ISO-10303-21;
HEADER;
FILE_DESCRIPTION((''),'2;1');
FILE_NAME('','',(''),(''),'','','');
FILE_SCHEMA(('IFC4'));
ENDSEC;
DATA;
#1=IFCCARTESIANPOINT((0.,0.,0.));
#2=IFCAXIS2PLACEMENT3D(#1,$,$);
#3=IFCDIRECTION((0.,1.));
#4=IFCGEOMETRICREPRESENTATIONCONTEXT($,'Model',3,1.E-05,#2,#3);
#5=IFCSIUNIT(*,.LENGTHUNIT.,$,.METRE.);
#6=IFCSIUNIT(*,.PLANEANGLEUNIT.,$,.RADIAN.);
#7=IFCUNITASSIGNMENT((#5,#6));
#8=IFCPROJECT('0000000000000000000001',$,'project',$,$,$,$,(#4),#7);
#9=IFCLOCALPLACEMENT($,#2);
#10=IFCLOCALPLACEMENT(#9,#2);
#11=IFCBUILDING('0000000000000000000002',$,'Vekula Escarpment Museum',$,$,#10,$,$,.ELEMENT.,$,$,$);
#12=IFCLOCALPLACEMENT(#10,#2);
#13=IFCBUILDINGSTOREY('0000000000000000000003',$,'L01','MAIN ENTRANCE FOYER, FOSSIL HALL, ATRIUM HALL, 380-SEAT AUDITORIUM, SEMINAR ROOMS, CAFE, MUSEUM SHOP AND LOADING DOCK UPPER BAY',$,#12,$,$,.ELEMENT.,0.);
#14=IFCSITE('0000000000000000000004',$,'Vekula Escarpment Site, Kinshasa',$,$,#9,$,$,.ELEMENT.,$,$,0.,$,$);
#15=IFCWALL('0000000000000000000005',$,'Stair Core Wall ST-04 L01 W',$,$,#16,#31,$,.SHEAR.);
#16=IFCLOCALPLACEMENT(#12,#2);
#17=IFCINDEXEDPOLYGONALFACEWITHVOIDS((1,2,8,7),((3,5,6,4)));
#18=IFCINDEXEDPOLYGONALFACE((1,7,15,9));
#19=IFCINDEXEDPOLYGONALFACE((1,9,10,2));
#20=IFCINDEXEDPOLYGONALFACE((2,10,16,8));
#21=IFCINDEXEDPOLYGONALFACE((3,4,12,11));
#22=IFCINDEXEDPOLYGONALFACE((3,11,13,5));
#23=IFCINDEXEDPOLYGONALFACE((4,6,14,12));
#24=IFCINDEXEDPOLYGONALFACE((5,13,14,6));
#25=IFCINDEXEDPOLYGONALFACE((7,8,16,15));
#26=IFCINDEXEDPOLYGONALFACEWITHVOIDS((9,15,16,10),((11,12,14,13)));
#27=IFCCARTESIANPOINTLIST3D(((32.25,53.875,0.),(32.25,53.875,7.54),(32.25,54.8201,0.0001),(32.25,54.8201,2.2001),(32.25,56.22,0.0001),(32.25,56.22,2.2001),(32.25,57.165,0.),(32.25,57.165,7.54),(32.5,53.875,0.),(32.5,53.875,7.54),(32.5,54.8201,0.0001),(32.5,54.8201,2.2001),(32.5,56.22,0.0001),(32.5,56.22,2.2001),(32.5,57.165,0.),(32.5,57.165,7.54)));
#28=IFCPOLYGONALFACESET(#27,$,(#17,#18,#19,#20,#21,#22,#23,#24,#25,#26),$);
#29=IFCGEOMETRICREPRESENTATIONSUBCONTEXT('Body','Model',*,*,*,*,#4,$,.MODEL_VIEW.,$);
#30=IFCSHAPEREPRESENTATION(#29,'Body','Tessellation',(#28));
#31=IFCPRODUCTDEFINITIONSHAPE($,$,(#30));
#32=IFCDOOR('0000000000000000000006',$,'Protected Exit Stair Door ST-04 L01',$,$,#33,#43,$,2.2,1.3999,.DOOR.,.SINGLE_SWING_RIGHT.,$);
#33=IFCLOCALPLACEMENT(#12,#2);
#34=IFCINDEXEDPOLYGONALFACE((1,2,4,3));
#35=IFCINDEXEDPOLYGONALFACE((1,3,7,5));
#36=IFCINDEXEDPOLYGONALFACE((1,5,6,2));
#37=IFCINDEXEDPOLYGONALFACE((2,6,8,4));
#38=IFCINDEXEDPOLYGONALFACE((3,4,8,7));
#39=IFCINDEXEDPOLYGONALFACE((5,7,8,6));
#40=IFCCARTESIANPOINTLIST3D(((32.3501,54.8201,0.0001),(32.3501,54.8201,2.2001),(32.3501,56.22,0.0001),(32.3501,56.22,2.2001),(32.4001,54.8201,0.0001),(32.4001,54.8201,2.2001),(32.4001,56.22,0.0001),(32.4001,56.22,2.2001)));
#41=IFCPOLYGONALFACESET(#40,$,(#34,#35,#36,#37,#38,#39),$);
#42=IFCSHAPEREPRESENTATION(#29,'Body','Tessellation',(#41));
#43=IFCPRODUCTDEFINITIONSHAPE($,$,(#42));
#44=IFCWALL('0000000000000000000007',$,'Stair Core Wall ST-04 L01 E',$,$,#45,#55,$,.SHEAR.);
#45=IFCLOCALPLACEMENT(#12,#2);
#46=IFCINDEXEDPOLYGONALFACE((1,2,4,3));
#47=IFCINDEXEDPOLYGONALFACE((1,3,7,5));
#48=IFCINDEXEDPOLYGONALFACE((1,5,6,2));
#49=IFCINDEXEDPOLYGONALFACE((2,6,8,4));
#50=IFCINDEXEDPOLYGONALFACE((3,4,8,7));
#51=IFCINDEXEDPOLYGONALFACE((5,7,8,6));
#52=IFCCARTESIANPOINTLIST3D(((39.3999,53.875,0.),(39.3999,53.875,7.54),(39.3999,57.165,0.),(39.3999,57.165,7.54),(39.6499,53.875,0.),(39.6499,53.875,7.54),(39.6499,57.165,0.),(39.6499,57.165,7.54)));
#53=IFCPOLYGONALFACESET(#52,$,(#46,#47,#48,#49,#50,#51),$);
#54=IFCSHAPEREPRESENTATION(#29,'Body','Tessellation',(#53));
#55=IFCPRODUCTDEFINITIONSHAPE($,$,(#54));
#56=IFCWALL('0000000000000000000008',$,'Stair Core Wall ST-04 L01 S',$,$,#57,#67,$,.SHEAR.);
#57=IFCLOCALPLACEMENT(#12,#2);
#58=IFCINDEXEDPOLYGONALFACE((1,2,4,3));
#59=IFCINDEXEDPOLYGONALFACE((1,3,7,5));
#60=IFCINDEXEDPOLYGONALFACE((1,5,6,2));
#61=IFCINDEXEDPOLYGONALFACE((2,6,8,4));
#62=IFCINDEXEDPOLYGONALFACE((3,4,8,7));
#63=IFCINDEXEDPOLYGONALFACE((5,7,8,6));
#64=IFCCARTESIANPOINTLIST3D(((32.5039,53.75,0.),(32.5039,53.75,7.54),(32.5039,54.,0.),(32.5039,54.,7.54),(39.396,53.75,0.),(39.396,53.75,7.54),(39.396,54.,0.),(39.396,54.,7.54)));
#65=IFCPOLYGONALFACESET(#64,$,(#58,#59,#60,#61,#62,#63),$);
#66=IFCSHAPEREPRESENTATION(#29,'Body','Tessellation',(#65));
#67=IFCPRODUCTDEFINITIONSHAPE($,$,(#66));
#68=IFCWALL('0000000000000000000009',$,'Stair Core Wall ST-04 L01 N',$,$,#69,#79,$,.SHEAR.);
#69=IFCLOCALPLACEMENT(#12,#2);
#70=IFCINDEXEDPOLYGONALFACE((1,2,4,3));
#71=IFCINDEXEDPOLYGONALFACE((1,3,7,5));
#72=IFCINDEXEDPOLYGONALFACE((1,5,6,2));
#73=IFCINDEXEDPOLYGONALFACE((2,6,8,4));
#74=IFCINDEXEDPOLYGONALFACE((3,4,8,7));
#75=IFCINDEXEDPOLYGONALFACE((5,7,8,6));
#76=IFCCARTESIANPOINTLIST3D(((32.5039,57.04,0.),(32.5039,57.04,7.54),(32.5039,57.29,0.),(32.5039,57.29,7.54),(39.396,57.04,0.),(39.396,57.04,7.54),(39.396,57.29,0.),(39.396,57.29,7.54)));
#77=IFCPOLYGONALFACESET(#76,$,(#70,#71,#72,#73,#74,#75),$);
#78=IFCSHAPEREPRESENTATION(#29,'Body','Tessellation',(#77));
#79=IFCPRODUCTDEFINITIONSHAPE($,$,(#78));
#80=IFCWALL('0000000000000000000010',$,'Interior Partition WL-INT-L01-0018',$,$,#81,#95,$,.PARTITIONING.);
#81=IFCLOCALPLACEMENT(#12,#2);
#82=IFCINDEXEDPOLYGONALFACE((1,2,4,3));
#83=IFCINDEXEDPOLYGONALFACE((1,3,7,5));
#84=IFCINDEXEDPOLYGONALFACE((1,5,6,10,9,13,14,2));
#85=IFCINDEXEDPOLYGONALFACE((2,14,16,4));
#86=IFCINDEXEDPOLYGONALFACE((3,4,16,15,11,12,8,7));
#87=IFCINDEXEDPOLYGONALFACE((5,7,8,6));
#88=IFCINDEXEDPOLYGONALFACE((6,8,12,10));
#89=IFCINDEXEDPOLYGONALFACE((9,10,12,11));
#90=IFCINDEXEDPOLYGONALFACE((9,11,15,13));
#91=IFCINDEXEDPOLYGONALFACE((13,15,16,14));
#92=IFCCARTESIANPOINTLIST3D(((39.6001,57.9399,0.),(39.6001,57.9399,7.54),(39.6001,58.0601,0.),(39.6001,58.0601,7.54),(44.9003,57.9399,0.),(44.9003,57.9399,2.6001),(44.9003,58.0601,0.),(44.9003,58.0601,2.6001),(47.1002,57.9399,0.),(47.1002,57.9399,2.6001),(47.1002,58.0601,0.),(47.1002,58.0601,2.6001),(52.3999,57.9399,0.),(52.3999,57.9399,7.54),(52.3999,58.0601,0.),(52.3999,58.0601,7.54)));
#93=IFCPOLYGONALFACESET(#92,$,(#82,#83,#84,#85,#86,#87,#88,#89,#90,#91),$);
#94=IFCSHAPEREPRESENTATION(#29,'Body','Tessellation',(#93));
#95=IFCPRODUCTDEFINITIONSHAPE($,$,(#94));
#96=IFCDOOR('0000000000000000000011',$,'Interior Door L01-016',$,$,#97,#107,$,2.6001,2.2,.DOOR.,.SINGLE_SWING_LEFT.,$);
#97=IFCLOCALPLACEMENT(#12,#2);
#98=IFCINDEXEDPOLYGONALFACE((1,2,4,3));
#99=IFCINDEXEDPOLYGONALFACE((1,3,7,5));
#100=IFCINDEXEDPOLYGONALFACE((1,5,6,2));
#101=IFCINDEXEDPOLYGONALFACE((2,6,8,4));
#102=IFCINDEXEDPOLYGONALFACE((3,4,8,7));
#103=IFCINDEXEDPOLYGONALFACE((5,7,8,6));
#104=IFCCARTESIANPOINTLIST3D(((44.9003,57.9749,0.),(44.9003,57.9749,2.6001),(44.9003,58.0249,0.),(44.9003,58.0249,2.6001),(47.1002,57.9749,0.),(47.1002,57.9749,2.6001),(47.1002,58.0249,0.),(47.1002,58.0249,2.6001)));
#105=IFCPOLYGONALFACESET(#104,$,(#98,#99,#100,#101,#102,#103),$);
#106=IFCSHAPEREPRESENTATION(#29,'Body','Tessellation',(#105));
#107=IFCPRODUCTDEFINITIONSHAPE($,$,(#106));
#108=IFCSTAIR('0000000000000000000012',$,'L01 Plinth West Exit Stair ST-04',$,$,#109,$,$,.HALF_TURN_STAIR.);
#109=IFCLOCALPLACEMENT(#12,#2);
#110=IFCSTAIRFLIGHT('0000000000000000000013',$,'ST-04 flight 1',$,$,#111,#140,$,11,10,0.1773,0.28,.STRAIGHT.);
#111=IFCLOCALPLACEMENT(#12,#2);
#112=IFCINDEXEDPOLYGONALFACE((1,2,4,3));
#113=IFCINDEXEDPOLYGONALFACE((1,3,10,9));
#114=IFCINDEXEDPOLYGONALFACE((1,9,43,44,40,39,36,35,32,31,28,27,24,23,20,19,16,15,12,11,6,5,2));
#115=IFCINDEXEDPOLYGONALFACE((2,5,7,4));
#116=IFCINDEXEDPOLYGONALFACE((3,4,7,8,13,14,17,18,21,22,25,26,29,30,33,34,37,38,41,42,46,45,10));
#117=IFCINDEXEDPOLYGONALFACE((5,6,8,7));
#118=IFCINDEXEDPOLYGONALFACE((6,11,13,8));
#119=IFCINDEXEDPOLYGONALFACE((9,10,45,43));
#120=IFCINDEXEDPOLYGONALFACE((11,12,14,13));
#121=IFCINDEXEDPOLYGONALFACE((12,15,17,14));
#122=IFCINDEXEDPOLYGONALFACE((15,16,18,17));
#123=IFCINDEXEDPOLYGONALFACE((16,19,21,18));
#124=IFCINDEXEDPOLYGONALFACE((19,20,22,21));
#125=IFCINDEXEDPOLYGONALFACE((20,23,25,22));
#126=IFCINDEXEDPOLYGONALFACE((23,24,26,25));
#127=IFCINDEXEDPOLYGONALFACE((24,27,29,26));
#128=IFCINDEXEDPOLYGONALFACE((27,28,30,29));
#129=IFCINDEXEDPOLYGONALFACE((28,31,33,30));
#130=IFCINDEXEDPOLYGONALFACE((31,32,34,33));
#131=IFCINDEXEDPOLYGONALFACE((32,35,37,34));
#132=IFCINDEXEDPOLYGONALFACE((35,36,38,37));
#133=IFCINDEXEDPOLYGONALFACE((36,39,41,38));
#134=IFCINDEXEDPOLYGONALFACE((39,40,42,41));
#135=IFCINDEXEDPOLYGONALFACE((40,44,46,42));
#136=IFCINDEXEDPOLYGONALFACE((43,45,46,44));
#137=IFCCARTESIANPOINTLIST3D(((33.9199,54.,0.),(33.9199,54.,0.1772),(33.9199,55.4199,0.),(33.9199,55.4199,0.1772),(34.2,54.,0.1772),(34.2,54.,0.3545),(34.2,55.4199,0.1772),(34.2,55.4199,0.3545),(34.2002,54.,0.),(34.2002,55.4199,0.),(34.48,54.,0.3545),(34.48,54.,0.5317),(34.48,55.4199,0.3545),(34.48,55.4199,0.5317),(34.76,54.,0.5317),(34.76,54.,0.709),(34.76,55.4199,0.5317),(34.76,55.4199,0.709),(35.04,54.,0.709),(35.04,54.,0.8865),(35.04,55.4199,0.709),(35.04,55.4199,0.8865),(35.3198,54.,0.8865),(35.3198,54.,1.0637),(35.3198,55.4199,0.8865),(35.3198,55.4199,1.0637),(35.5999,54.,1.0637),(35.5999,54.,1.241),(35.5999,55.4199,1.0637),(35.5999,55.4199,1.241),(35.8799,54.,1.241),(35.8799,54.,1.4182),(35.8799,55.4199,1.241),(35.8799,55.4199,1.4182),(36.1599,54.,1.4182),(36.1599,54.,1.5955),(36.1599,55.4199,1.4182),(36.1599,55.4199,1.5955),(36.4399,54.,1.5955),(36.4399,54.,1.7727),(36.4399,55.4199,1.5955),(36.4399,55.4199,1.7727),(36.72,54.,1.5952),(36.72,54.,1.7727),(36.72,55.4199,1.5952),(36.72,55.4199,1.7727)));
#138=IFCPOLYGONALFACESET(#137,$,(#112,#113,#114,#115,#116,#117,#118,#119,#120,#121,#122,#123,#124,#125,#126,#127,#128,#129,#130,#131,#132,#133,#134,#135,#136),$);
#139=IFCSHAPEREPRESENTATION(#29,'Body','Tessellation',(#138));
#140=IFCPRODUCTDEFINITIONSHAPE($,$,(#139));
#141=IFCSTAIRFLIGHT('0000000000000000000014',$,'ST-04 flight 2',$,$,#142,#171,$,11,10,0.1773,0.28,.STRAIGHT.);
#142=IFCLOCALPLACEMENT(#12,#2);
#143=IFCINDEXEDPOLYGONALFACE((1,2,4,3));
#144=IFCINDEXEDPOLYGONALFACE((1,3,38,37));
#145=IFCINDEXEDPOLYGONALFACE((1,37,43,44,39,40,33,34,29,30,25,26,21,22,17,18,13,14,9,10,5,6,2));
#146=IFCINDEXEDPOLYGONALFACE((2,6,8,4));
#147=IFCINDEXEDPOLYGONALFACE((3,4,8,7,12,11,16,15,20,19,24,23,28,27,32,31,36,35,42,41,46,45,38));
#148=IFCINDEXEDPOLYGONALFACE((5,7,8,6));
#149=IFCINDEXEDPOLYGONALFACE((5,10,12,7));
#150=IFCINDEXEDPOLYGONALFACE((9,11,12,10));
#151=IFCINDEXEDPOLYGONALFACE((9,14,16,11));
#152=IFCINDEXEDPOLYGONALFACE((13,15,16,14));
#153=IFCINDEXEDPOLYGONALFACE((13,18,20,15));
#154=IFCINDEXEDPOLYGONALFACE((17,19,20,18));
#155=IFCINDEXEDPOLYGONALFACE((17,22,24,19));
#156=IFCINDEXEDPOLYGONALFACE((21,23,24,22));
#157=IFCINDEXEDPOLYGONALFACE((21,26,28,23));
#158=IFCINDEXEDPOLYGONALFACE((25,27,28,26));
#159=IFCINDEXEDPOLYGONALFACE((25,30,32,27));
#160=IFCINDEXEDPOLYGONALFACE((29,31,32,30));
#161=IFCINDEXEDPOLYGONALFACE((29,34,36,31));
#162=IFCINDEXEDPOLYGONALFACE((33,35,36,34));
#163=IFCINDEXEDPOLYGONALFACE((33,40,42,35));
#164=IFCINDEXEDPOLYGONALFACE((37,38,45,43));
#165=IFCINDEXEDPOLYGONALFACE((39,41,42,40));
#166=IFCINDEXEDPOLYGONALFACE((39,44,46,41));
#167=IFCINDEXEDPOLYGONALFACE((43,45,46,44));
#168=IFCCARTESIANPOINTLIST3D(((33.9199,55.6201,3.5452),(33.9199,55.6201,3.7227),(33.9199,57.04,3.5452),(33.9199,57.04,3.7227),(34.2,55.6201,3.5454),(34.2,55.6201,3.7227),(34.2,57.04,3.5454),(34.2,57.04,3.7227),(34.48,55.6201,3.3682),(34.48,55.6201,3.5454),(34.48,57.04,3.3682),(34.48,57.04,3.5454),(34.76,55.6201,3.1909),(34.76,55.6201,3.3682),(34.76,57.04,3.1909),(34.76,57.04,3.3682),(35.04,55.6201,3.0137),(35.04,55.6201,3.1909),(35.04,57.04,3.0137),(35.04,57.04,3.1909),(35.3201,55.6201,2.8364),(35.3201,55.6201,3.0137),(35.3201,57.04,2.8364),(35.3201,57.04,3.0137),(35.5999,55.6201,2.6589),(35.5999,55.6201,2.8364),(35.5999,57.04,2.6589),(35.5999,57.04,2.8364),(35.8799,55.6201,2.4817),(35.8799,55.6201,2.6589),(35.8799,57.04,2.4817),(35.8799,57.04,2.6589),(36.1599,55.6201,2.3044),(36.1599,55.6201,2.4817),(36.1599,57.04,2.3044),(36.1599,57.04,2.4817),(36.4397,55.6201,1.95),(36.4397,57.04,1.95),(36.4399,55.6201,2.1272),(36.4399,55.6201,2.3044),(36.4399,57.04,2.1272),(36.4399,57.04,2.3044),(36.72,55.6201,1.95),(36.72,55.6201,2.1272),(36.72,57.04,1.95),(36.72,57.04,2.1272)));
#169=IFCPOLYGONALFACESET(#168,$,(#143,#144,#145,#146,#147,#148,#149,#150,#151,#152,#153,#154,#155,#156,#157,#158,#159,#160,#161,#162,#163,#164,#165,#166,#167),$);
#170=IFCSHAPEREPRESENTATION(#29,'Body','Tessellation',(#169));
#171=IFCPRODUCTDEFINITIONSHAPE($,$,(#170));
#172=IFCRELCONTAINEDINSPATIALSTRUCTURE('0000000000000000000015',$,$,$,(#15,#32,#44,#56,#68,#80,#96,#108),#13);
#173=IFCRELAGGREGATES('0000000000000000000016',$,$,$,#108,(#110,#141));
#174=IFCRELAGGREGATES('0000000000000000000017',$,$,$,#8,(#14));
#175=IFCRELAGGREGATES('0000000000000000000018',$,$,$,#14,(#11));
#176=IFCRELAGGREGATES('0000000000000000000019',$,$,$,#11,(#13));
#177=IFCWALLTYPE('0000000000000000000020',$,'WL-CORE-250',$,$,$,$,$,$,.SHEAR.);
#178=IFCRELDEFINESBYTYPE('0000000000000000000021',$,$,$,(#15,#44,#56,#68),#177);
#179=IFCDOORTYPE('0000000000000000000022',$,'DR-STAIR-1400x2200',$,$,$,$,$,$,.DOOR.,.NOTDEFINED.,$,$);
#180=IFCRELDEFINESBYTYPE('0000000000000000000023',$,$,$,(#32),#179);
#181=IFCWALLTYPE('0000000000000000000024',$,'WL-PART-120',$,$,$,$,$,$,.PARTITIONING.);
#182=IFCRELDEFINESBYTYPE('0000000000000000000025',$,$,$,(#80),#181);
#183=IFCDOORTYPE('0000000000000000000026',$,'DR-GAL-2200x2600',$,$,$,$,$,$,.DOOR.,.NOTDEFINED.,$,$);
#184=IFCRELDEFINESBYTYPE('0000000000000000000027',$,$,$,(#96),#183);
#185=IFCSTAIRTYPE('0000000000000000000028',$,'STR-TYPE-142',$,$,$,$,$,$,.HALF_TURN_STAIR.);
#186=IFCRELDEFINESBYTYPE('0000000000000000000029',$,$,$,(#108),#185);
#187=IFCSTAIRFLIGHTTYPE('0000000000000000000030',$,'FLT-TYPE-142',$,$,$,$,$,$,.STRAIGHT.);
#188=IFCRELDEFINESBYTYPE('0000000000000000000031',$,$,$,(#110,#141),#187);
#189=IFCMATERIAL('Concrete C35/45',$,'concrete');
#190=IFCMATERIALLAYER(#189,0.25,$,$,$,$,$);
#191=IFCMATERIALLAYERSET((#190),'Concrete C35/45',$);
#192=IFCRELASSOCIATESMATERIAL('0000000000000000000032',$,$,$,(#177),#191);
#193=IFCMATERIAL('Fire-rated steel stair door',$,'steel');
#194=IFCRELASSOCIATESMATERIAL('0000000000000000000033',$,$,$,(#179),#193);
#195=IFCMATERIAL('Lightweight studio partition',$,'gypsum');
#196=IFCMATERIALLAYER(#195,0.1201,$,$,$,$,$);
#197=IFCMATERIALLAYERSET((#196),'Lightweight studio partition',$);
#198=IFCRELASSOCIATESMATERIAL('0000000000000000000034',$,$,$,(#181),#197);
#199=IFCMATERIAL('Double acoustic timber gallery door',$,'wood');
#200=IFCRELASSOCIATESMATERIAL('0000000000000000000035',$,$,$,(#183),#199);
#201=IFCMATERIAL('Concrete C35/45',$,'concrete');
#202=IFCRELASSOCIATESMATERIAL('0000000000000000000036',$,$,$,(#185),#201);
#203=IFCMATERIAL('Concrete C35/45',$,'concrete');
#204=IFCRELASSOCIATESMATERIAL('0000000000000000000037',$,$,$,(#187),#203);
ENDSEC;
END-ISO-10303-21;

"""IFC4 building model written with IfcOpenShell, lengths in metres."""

from ifc_helpers import new_model, si_unit, direction, frame, frame_2d, origin, place, context, subcontext, project, spatial, polyline, rectangle, outline, extrude, material, layer, layer_set, type_object, element, fill, aggregate, save


model = new_model("IFC4")

# Units and contexts
model_context = context("Model", 3, precision=1e-05, world=origin(), true_north=direction((0.0, 1.0)))
body_context = subcontext(model_context, "Body", "Model", "MODEL_VIEW")
ifc_project = project(units=[si_unit("LENGTHUNIT", "METRE"), si_unit("PLANEANGLEUNIT", "RADIAN")], contexts=[model_context])

# Site, building, storey
site_placement = place(None, origin())
site = spatial("IfcSite", under=ifc_project, at=site_placement, Name="Vekula Escarpment Site, Kinshasa", CompositionType="ELEMENT", RefElevation=0.0)
building_placement = place(site_placement, origin())
building = spatial("IfcBuilding", under=site, at=building_placement, Name="Vekula Escarpment Museum", CompositionType="ELEMENT")
storey_placement = place(building_placement, origin())
storey = spatial("IfcBuildingStorey", under=building, at=storey_placement, Name="L01", Description="MAIN ENTRANCE FOYER, FOSSIL HALL, ATRIUM HALL, 380-SEAT AUDITORIUM, SEMINAR ROOMS, CAFE, MUSEUM SHOP AND LOADING DOCK UPPER BAY", CompositionType="ELEMENT", Elevation=0.0)

# Wall, opening, door
ifc_material_1 = material(Name="Concrete C35/45", Category="concrete")
ifc_layer_1 = layer(ifc_material_1, 0.25)
ifc_layer_set_1 = layer_set([ifc_layer_1], Name="Concrete C35/45")
wall_type_1 = type_object("IfcWallType", Name="WL-CORE-250", PredefinedType="SHEAR", material=ifc_layer_set_1)
wall_1_placement = place(storey_placement, frame((32.375, 53.875, 0.0), z_axis=(0.0, 0.0, 1.0), x_axis=(0.0, 1.0, 0.0)))
wall_1 = element("IfcWall", 1, at=wall_1_placement, inside=storey, type_object=wall_type_1, Name="Stair Core Wall ST-04 L01 W", PredefinedType="SHEAR", context=body_context, shape_type="SweptSolid", body=[
    extrude(rectangle(XDim=3.29, YDim=0.25, at=frame_2d((1.645, 0.0))), origin(), (0.0, 0.0, 1.0), 7.54),
])
opening_1_placement = place(wall_1_placement, frame((0.9451, 0.0, 0.0)))
opening_1 = element("IfcOpeningElement", 2, at=opening_1_placement, cuts=wall_1, PredefinedType="OPENING", context=body_context, shape_type="SweptSolid", body=[
    extrude(rectangle(XDim=1.3999, YDim=2.2, at=frame_2d((0.7, 1.1001))), frame((0.0, 0.135, 0.0), z_axis=(0.0, -1.0, 0.0), x_axis=(1.0, 0.0, 0.0)), (0.0, 0.0, 1.0), 0.27),
])
ifc_material_2 = material(Name="Fire-rated steel stair door", Category="steel")
door_type_1 = type_object("IfcDoorType", Name="DR-STAIR-1400x2200", OperationType="NOTDEFINED", PredefinedType="DOOR", material=ifc_material_2)
door_1_placement = place(opening_1_placement, origin())
door_1 = element("IfcDoor", 3, at=door_1_placement, inside=storey, type_object=door_type_1, Name="Protected Exit Stair Door ST-04 L01", OperationType="SINGLE_SWING_RIGHT", OverallHeight=2.2, OverallWidth=1.3999, PredefinedType="DOOR", context=body_context, shape_type="SweptSolid", body=[
    extrude(rectangle(XDim=1.3999, YDim=2.2, at=frame_2d((0.7, 1.1001))), frame((0.0, 0.0249, 0.0), z_axis=(0.0, -1.0, 0.0), x_axis=(1.0, 0.0, 0.0)), (0.0, 0.0, 1.0), 0.05),
])
fill(opening_1, door_1)

# Walls
wall_2_placement = place(storey_placement, frame((39.5249, 53.875, 0.0), z_axis=(0.0, 0.0, 1.0), x_axis=(0.0, 1.0, 0.0)))
element("IfcWall", 4, at=wall_2_placement, inside=storey, type_object=wall_type_1, Name="Stair Core Wall ST-04 L01 E", PredefinedType="SHEAR", context=body_context, shape_type="SweptSolid", body=[
    extrude(rectangle(XDim=3.29, YDim=0.25, at=frame_2d((1.645, 0.0))), origin(), (0.0, 0.0, 1.0), 7.54),
])
for number, where, z_axis, x_axis, name in (
    (5, (32.5039, 53.875, 0.0), (0.0, 0.0, 1.0), (1.0, 0.0, 0.0), "Stair Core Wall ST-04 L01 S"),
    (6, (32.5039, 57.165, 0.0), (0.0, 0.0, 1.0), (1.0, 0.0, 0.0), "Stair Core Wall ST-04 L01 N"),
):
    element("IfcWall", number, at=place(storey_placement, frame(where, z_axis=z_axis, x_axis=x_axis)), inside=storey, type_object=wall_type_1, Name=name, PredefinedType="SHEAR", context=body_context, shape_type="SweptSolid", body=[
        extrude(rectangle(XDim=6.8921, YDim=0.25, at=frame_2d((3.446, 0.0))), origin(), (0.0, 0.0, 1.0), 7.54),
    ])

# Wall, opening, door
ifc_material_3 = material(Name="Lightweight studio partition", Category="gypsum")
ifc_layer_2 = layer(ifc_material_3, 0.1201)
ifc_layer_set_2 = layer_set([ifc_layer_2], Name="Lightweight studio partition")
wall_type_2 = type_object("IfcWallType", Name="WL-PART-120", PredefinedType="PARTITIONING", material=ifc_layer_set_2)
wall_3_placement = place(storey_placement, frame((39.6001, 58.0, 0.0), z_axis=(0.0, 0.0, 1.0), x_axis=(1.0, 0.0, 0.0)))
wall_3 = element("IfcWall", 7, at=wall_3_placement, inside=storey, type_object=wall_type_2, Name="Interior Partition WL-INT-L01-0018", PredefinedType="PARTITIONING", context=body_context, shape_type="SweptSolid", body=[
    extrude(rectangle(XDim=12.7998, YDim=0.1201, at=frame_2d((6.3999, 0.0))), origin(), (0.0, 0.0, 1.0), 7.54),
])
opening_2_placement = place(wall_3_placement, frame((5.3, 0.0, 0.0)))
opening_2 = element("IfcOpeningElement", 8, at=opening_2_placement, cuts=wall_3, PredefinedType="OPENING", context=body_context, shape_type="SweptSolid", body=[
    extrude(rectangle(XDim=2.2, YDim=2.6001, at=frame_2d((1.1001, 1.3))), frame((0.0, 0.0701, 0.0), z_axis=(0.0, -1.0, 0.0), x_axis=(1.0, 0.0, 0.0)), (0.0, 0.0, 1.0), 0.1401),
])
ifc_material_4 = material(Name="Double acoustic timber gallery door", Category="wood")
door_type_2 = type_object("IfcDoorType", Name="DR-GAL-2200x2600", OperationType="NOTDEFINED", PredefinedType="DOOR", material=ifc_material_4)
door_2_placement = place(opening_2_placement, origin())
door_2 = element("IfcDoor", 9, at=door_2_placement, inside=storey, type_object=door_type_2, Name="Interior Door L01-016", OperationType="SINGLE_SWING_LEFT", OverallHeight=2.6001, OverallWidth=2.2, PredefinedType="DOOR", context=body_context, shape_type="SweptSolid", body=[
    extrude(rectangle(XDim=2.2, YDim=2.6001, at=frame_2d((1.1001, 1.3))), frame((0.0, 0.0249, 0.0), z_axis=(0.0, -1.0, 0.0), x_axis=(1.0, 0.0, 0.0)), (0.0, 0.0, 1.0), 0.05),
])
fill(opening_2, door_2)

# Stair, stair flights
ifc_material_5 = material(Name="Concrete C35/45", Category="concrete")
stair_type = type_object("IfcStairType", Name="STR-TYPE-142", PredefinedType="HALF_TURN_STAIR", material=ifc_material_5)
stair_placement = place(storey_placement, origin())
stair = element("IfcStair", 10, at=stair_placement, inside=storey, type_object=stair_type, Name="L01 Plinth West Exit Stair ST-04", PredefinedType="HALF_TURN_STAIR")
ifc_material_6 = material(Name="Concrete C35/45", Category="concrete")
stair_flight_type = type_object("IfcStairFlightType", Name="FLT-TYPE-142", PredefinedType="STRAIGHT", material=ifc_material_6)
stair_flight_1_placement = place(storey_placement, frame((33.9199, 54.71, 0.0), z_axis=(0.0, 0.0, 1.0), x_axis=(1.0, 0.0, 0.0)))
stair_flight_1 = element("IfcStairFlight", 11, at=stair_flight_1_placement, type_object=stair_flight_type, Name="ST-04 flight 1", NumberOfRisers=11, NumberOfTreads=10, PredefinedType="STRAIGHT", RiserHeight=0.1773, TreadLength=0.28, context=body_context, shape_type="SweptSolid", body=[
    extrude(outline(polyline([(0.0, 0.0), (0.0, 0.1772), (0.28, 0.1772), (0.28, 0.3545), (0.5601, 0.3545), (0.5601, 0.5317), (0.8401, 0.5317), (0.8401, 0.709), (1.1201, 0.709), (1.1201, 0.8865), (1.3999, 0.8865), (1.3999, 1.0637), (1.6799, 1.0637), (1.6799, 1.241), (1.96, 1.241), (1.96, 1.4182), (2.24, 1.4182), (2.24, 1.5955), (2.52, 1.5955), (2.52, 1.7727), (2.8, 1.7727), (2.8, 1.95), (2.8, 1.5952), (0.2803, 0.0), (0.0, 0.0)])), frame((0.0, 0.71, 0.0), z_axis=(0.0, -1.0, 0.0), x_axis=(1.0, 0.0, 0.0)), (0.0, 0.0, 1.0), 1.4199),
])
stair_flight_2_placement = place(storey_placement, frame((36.72, 56.3301, 1.95), z_axis=(0.0, 0.0, 1.0), x_axis=(-1.0, 0.0, 0.0)))
stair_flight_2 = element("IfcStairFlight", 12, at=stair_flight_2_placement, type_object=stair_flight_type, Name="ST-04 flight 2", NumberOfRisers=11, NumberOfTreads=10, PredefinedType="STRAIGHT", RiserHeight=0.1773, TreadLength=0.28, context=body_context, shape_type="SweptSolid", body=[
    extrude(outline(polyline([(0.0, 0.0), (0.0, 0.1772), (0.28, 0.1772), (0.28, 0.3545), (0.5601, 0.3545), (0.5601, 0.5317), (0.8401, 0.5317), (0.8401, 0.709), (1.1201, 0.709), (1.1201, 0.8865), (1.3999, 0.8865), (1.3999, 1.0637), (1.6799, 1.0637), (1.6799, 1.241), (1.96, 1.241), (1.96, 1.4182), (2.24, 1.4182), (2.24, 1.5955), (2.52, 1.5955), (2.52, 1.7727), (2.8, 1.7727), (2.8, 1.95), (2.8, 1.5952), (0.2803, 0.0), (0.0, 0.0)])), frame((0.0, 0.71, 0.0), z_axis=(0.0, -1.0, 0.0), x_axis=(1.0, 0.0, 0.0)), (0.0, 0.0, 1.0), 1.4199),
])
aggregate(stair, [stair_flight_1, stair_flight_2])

save(model, "model.ifc")
